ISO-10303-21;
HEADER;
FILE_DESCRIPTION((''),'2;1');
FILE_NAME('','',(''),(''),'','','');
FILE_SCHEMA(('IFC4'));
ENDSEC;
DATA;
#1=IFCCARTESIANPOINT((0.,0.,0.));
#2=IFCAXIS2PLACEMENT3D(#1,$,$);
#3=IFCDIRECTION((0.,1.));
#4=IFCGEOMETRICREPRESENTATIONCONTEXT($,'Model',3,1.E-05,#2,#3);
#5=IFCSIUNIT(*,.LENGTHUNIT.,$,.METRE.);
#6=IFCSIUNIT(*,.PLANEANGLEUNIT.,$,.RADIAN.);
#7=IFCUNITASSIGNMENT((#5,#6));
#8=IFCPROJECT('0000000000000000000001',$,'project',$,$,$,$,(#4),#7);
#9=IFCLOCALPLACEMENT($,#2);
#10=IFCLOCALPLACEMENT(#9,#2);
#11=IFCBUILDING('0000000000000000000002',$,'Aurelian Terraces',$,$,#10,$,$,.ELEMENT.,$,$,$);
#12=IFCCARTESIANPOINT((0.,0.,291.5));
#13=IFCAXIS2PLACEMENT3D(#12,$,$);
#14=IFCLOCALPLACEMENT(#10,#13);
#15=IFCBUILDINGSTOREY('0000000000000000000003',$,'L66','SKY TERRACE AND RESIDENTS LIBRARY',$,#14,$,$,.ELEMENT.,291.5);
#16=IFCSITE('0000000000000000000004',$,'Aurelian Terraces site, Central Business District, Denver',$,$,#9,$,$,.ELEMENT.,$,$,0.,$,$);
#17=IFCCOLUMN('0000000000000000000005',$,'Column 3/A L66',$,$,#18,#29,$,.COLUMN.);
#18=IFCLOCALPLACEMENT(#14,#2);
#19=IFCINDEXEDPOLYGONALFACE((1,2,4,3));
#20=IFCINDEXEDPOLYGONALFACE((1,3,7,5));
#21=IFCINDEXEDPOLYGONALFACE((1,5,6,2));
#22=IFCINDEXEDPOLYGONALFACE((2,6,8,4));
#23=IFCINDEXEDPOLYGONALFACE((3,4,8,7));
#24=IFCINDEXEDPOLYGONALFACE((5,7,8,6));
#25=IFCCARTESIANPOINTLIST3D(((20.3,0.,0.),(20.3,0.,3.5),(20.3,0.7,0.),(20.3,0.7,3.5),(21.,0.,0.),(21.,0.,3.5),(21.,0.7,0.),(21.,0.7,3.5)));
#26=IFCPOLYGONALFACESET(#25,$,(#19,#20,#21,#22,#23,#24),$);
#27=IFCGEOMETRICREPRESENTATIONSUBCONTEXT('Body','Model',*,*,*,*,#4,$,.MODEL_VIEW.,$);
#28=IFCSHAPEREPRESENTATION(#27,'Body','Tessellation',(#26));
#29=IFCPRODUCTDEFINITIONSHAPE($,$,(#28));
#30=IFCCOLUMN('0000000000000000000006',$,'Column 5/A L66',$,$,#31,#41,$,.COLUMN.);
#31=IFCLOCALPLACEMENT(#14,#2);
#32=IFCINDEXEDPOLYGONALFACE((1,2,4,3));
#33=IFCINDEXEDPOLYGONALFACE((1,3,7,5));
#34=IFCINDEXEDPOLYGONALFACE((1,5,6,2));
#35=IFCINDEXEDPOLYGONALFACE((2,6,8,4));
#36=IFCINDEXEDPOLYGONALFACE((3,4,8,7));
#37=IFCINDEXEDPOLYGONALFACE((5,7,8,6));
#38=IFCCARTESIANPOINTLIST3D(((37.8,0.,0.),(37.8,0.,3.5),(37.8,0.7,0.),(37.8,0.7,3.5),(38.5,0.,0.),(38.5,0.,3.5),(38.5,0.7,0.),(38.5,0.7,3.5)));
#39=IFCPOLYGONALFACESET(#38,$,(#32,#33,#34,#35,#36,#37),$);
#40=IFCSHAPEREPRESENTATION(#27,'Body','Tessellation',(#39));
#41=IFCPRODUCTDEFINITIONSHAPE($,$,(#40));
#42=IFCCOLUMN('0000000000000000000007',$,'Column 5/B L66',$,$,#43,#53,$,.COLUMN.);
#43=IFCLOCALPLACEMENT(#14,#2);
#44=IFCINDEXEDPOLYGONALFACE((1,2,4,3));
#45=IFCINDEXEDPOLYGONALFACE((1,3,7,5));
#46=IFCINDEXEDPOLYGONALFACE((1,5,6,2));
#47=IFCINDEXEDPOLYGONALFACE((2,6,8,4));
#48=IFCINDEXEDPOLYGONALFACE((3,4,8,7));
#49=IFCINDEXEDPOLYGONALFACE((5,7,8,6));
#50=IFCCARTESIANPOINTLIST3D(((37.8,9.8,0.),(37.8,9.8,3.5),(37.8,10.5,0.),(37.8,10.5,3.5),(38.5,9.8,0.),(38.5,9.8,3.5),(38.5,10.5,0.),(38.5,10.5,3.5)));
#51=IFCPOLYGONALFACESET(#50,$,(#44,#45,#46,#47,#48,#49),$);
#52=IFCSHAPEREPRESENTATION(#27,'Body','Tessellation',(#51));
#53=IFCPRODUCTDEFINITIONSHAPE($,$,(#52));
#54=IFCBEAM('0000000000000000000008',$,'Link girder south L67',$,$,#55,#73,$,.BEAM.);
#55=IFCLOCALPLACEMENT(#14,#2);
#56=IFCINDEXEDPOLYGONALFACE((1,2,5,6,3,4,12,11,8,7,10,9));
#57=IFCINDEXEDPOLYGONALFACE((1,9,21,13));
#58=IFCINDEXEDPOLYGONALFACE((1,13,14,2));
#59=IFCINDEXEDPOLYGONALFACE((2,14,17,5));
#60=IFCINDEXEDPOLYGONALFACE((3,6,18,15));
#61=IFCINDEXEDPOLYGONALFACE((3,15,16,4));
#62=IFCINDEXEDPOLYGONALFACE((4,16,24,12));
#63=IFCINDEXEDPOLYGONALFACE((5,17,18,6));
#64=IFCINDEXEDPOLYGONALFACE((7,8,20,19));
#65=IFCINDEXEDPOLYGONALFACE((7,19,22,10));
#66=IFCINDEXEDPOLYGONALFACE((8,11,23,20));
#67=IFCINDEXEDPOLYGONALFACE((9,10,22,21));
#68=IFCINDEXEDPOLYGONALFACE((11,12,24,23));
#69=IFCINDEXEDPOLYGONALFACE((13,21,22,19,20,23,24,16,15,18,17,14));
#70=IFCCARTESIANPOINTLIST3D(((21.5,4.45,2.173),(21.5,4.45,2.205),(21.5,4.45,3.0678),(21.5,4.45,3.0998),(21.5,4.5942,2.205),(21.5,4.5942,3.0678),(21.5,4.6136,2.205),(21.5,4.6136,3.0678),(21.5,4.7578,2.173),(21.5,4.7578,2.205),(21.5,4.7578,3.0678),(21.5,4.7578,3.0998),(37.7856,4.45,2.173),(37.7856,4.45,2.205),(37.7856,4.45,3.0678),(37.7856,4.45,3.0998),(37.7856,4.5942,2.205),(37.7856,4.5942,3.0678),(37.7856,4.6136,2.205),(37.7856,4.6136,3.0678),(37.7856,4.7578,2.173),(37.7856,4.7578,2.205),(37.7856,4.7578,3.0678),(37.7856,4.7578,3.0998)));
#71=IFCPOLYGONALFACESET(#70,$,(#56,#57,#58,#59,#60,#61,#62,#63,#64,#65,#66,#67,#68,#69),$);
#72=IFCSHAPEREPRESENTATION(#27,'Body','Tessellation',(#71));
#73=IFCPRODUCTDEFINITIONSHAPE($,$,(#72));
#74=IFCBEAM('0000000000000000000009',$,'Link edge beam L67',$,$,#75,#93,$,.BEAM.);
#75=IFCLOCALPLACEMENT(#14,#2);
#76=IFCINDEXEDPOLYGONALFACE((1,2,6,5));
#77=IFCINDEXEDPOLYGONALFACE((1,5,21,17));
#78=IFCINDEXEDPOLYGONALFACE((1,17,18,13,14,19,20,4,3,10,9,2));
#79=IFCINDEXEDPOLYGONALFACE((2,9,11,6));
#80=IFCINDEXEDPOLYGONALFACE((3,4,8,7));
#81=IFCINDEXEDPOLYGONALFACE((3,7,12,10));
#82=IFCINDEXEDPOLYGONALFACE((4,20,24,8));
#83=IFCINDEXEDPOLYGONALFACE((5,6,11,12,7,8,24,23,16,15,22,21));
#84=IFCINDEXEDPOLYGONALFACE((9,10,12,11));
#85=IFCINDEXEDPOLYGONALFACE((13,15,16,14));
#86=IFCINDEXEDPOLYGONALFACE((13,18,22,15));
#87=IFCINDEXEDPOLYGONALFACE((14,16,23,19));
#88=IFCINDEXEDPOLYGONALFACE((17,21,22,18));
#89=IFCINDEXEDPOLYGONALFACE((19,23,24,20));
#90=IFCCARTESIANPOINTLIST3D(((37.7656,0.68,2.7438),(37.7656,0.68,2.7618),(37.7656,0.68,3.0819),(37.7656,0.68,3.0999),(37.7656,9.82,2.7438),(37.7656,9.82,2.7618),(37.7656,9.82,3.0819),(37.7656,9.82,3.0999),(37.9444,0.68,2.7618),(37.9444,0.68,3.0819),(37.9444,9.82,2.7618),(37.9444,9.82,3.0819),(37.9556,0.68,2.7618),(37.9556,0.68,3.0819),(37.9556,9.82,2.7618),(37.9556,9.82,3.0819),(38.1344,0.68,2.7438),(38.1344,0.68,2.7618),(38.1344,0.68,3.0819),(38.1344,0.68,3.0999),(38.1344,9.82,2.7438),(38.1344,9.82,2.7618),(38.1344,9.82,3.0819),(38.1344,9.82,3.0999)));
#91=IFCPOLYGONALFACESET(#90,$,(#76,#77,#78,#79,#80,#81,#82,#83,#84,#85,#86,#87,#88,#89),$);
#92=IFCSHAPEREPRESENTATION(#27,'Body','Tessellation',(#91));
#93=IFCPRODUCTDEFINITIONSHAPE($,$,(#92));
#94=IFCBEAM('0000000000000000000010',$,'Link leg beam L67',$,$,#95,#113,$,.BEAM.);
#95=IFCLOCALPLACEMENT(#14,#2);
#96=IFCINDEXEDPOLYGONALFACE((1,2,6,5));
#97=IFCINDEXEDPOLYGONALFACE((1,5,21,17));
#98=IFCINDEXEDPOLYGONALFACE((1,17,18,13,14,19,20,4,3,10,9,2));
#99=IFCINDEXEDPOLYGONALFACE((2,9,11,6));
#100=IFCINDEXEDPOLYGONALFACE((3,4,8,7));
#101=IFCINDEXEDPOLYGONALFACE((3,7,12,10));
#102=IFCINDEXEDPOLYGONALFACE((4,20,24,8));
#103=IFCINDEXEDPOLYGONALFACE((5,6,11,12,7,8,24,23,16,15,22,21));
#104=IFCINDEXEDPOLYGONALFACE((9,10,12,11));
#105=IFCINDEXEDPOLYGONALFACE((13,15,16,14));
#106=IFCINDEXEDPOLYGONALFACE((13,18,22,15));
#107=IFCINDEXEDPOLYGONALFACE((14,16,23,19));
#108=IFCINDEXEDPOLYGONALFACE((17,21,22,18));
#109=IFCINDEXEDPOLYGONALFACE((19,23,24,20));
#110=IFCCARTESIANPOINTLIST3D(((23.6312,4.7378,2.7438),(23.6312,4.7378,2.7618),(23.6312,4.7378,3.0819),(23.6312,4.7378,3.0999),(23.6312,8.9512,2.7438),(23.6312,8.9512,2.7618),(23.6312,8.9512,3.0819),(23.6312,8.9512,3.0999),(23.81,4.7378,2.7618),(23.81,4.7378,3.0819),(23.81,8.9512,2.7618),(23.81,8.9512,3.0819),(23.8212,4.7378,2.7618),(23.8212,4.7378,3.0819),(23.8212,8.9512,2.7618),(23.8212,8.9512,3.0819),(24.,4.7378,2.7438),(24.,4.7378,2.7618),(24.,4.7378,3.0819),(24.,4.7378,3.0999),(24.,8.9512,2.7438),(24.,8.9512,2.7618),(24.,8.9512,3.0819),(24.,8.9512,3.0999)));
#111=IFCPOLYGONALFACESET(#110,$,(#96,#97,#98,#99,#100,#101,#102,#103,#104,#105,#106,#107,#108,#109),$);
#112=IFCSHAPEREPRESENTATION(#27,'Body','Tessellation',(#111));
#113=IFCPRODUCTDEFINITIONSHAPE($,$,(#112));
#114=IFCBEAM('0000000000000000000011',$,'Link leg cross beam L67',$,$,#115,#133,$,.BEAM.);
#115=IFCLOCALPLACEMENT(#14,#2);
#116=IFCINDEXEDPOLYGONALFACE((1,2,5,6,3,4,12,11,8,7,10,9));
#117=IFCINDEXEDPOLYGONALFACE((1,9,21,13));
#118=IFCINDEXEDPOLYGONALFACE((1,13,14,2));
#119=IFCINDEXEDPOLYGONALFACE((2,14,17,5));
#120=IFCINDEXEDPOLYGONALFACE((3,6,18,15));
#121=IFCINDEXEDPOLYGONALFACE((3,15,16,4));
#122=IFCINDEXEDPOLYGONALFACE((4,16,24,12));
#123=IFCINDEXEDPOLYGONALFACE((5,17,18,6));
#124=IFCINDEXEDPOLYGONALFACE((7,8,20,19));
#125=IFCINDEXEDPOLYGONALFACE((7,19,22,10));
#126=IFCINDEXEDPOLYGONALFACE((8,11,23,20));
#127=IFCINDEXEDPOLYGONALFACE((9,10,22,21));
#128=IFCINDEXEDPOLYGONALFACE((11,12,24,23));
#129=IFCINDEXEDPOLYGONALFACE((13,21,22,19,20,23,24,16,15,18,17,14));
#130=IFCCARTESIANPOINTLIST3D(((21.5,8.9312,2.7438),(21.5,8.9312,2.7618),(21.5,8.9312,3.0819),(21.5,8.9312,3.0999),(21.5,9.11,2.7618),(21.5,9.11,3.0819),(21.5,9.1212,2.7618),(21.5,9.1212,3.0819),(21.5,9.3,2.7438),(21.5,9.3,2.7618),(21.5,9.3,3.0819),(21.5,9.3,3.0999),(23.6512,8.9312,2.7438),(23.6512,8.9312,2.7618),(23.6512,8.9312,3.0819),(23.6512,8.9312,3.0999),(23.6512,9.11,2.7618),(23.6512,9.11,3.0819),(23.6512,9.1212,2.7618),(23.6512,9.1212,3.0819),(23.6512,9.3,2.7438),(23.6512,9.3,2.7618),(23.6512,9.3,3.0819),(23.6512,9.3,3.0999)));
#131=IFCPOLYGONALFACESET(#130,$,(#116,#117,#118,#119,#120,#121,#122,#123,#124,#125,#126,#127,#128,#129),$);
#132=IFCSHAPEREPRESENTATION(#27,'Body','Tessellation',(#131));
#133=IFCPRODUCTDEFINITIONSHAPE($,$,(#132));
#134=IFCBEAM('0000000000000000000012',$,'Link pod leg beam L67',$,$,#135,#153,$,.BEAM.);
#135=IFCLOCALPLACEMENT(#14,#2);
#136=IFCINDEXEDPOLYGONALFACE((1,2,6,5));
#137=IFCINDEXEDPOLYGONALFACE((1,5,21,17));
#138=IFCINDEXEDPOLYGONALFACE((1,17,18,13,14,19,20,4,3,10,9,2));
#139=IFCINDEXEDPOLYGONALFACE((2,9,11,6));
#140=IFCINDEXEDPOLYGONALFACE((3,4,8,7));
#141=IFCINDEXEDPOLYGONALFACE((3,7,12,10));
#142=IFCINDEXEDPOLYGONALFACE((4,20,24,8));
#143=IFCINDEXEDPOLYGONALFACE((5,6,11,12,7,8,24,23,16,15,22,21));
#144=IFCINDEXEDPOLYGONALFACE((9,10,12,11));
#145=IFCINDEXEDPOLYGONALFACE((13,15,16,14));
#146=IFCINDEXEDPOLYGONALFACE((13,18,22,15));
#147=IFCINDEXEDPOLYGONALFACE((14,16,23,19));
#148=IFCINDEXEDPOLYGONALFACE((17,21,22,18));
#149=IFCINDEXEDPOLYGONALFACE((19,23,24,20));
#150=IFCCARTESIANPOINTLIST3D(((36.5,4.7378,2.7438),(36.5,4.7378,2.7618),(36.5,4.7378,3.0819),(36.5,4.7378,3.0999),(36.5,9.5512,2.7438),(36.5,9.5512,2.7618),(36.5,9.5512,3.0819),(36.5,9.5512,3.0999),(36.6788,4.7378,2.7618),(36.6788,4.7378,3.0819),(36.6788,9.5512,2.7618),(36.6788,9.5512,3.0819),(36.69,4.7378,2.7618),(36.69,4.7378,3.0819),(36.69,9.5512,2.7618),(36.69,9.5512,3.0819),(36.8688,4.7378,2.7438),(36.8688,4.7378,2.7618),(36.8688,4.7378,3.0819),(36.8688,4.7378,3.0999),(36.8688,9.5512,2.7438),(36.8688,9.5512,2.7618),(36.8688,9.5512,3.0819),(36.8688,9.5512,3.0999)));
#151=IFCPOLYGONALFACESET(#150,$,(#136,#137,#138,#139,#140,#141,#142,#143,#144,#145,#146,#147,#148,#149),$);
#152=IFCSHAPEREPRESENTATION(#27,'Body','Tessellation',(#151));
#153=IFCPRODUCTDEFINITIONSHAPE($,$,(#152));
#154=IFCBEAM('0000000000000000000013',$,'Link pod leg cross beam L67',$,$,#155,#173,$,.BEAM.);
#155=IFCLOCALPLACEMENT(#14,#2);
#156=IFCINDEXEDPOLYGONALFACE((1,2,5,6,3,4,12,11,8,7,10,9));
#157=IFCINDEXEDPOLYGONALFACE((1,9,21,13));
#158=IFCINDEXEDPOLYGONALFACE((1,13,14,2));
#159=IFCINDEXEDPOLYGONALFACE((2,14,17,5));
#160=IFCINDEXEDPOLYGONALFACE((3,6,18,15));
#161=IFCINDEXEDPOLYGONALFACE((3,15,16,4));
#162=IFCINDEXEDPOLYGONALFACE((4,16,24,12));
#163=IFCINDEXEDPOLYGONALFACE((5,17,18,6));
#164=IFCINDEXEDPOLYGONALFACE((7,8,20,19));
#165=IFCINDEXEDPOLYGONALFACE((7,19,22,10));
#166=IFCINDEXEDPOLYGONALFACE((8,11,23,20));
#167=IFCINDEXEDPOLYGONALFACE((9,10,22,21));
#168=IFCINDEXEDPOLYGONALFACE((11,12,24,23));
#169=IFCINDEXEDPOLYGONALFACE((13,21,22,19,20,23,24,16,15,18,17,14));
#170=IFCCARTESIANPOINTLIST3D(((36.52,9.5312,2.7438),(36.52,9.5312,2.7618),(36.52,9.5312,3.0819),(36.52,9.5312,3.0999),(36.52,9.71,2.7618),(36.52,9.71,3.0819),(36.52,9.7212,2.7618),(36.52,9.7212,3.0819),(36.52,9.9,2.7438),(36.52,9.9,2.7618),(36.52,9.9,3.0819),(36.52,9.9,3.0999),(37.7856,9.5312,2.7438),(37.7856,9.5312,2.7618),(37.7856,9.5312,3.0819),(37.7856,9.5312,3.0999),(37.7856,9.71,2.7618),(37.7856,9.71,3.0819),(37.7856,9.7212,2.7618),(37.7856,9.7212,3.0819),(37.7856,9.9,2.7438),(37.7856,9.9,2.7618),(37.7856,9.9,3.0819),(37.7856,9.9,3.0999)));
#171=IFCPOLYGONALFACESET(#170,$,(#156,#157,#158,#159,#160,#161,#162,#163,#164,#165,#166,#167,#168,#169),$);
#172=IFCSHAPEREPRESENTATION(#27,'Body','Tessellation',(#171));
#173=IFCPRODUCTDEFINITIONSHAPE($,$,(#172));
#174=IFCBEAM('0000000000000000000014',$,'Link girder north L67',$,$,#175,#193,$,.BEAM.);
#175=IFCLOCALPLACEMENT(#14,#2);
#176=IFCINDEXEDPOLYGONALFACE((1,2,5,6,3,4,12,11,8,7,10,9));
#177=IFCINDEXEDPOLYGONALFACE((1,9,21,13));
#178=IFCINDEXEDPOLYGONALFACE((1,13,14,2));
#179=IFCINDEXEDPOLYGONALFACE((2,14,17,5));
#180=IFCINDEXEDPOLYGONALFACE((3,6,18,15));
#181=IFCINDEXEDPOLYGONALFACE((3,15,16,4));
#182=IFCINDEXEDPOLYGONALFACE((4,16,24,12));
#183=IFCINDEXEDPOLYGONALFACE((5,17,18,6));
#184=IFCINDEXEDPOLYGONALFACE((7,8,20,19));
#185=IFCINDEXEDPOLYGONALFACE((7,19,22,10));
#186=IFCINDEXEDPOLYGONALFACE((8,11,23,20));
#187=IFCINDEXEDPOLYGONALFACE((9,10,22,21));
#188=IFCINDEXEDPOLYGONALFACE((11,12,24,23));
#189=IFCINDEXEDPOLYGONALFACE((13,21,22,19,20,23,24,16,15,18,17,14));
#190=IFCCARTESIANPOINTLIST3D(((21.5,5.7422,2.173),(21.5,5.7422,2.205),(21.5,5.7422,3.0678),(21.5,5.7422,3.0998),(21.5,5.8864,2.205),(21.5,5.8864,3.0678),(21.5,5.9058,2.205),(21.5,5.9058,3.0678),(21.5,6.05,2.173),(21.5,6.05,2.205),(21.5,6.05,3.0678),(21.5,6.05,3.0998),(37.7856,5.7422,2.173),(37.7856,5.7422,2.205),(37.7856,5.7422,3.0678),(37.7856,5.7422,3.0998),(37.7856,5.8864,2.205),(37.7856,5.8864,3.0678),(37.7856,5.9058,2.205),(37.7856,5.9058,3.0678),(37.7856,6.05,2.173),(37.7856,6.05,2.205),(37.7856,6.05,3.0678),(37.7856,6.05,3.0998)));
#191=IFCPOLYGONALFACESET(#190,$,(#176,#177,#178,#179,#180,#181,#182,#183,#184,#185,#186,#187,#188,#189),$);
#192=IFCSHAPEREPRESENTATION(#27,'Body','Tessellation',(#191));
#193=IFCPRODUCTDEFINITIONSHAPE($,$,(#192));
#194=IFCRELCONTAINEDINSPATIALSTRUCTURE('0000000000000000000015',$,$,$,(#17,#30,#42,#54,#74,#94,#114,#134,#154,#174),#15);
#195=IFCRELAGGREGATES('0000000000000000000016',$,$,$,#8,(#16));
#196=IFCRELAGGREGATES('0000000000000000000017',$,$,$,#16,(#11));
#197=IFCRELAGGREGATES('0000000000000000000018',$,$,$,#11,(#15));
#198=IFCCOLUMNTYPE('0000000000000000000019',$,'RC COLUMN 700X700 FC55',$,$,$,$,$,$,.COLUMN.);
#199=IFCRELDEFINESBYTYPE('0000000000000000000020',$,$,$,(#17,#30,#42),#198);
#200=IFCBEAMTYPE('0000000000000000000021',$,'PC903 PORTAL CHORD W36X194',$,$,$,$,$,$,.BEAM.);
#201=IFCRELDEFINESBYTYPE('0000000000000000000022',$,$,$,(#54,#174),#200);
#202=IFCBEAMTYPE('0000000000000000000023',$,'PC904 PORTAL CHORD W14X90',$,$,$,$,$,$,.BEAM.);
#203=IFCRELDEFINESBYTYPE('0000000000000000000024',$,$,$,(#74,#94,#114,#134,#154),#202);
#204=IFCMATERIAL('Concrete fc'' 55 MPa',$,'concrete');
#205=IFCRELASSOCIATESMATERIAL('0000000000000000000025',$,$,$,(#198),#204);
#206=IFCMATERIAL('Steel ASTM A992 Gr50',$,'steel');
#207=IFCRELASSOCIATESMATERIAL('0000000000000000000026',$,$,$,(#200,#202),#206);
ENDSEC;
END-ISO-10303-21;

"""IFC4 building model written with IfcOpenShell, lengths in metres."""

from ifc_helpers import new_model, si_unit, direction, frame, origin, origin_2d, place, context, subcontext, project, spatial, rectangle, i_section, extrude, source, transform, mapped, material, material_profile, profile_set, type_object, element, save


model = new_model("IFC4")

# Units and contexts
model_context = context("Model", 3, precision=1e-05, world=origin(), true_north=direction((0.0, 1.0)))
body_context = subcontext(model_context, "Body", "Model", "MODEL_VIEW")
ifc_project = project(units=[si_unit("LENGTHUNIT", "METRE"), si_unit("PLANEANGLEUNIT", "RADIAN")], contexts=[model_context])

# Site, building, storey
site_placement = place(None, origin())
site = spatial("IfcSite", under=ifc_project, at=site_placement, Name="Aurelian Terraces site, Central Business District, Denver", CompositionType="ELEMENT", RefElevation=0.0)
building_placement = place(site_placement, origin())
building = spatial("IfcBuilding", under=site, at=building_placement, Name="Aurelian Terraces", CompositionType="ELEMENT")
storey_placement = place(building_placement, frame((0.0, 0.0, 291.5)))
storey = spatial("IfcBuildingStorey", under=building, at=storey_placement, Name="L66", Description="SKY TERRACE AND RESIDENTS LIBRARY", CompositionType="ELEMENT", Elevation=291.5)

# Columns
ifc_material_1 = material(Name="Concrete fc' 55 MPa", Category="concrete")
ifc_material_profile_1 = material_profile(ifc_material_1, rectangle(XDim=0.7, YDim=0.7, at=origin_2d()))
ifc_profile_set_1 = profile_set([ifc_material_profile_1], Name="Concrete fc' 55 MPa")
column_type = type_object("IfcColumnType", Name="RC COLUMN 700X700 FC55", PredefinedType="COLUMN", material=ifc_profile_set_1)
shared_shape_1 = source(origin(), body_context, "Body", "SweptSolid", [
    extrude(rectangle(XDim=0.7, YDim=0.7, at=origin_2d()), origin(), (0.0, 0.0, 1.0), 3.5),
])
for number, where, z_axis, x_axis, name in (
    (1, (20.65, 0.35, 0.0), (0.0, 0.0, 1.0), (1.0, 0.0, 0.0), "Column 3/A L66"),
    (2, (38.15, 0.35, 0.0), (0.0, 0.0, 1.0), (1.0, 0.0, 0.0), "Column 5/A L66"),
    (3, (38.15, 10.15, 0.0), (0.0, 0.0, 1.0), (1.0, 0.0, 0.0), "Column 5/B L66"),
):
    element("IfcColumn", number, at=place(storey_placement, frame(where, z_axis=z_axis, x_axis=x_axis)), inside=storey, type_object=column_type, Name=name, PredefinedType="COLUMN", context=body_context, shape_type="MappedRepresentation", body=[
        mapped(shared_shape_1, transform((0.0, 0.0, 0.0), scale=1.0)),
    ])

# Beams
ifc_material_2 = material(Name="Steel ASTM A992 Gr50", Category="steel")
ifc_material_profile_2 = material_profile(ifc_material_2, i_section(OverallWidth=0.3077, OverallDepth=0.9268, WebThickness=0.0194, FlangeThickness=0.032, at=origin_2d()))
ifc_profile_set_2 = profile_set([ifc_material_profile_2], Name="Steel ASTM A992 Gr50")
beam_type_1 = type_object("IfcBeamType", Name="PC903 PORTAL CHORD W36X194", PredefinedType="BEAM", material=ifc_profile_set_2)
beam_1_placement = place(storey_placement, frame((21.5, 4.6039, 2.6364), z_axis=(1.0, 0.0, 0.0), x_axis=(0.0, 1.0, 0.0)))
element("IfcBeam", 4, at=beam_1_placement, inside=storey, type_object=beam_type_1, Name="Link girder south L67", PredefinedType="BEAM", context=body_context, shape_type="SweptSolid", body=[
    extrude(i_section(OverallWidth=0.3077, OverallDepth=0.9268, WebThickness=0.0194, FlangeThickness=0.032, at=origin_2d()), origin(), (0.0, 0.0, 1.0), 16.2856),
])
ifc_material_profile_3 = material_profile(ifc_material_2, i_section(OverallWidth=0.3688, OverallDepth=0.3561, WebThickness=0.0112, FlangeThickness=0.018, at=origin_2d()))
ifc_profile_set_3 = profile_set([ifc_material_profile_3], Name="Steel ASTM A992 Gr50")
beam_type_2 = type_object("IfcBeamType", Name="PC904 PORTAL CHORD W14X90", PredefinedType="BEAM", material=ifc_profile_set_3)
beam_2_placement = place(storey_placement, frame((37.95, 0.68, 2.9218), z_axis=(0.0, 1.0, 0.0), x_axis=(-1.0, 0.0, 0.0)))
element("IfcBeam", 5, at=beam_2_placement, inside=storey, type_object=beam_type_2, Name="Link edge beam L67", PredefinedType="BEAM", context=body_context, shape_type="SweptSolid", body=[
    extrude(i_section(OverallWidth=0.3688, OverallDepth=0.3561, WebThickness=0.0112, FlangeThickness=0.018, at=origin_2d()), origin(), (0.0, 0.0, 1.0), 9.14),
])
beam_3_placement = place(storey_placement, frame((23.8156, 4.7378, 2.9218), z_axis=(0.0, 1.0, 0.0), x_axis=(-1.0, 0.0, 0.0)))
element("IfcBeam", 6, at=beam_3_placement, inside=storey, type_object=beam_type_2, Name="Link leg beam L67", PredefinedType="BEAM", context=body_context, shape_type="SweptSolid", body=[
    extrude(i_section(OverallWidth=0.3688, OverallDepth=0.3561, WebThickness=0.0112, FlangeThickness=0.018, at=origin_2d()), origin(), (0.0, 0.0, 1.0), 4.2134),
])
beam_4_placement = place(storey_placement, frame((21.5, 9.1156, 2.9218), z_axis=(1.0, 0.0, 0.0), x_axis=(0.0, 1.0, 0.0)))
element("IfcBeam", 7, at=beam_4_placement, inside=storey, type_object=beam_type_2, Name="Link leg cross beam L67", PredefinedType="BEAM", context=body_context, shape_type="SweptSolid", body=[
    extrude(i_section(OverallWidth=0.3688, OverallDepth=0.3561, WebThickness=0.0112, FlangeThickness=0.018, at=origin_2d()), origin(), (0.0, 0.0, 1.0), 2.1512),
])
beam_5_placement = place(storey_placement, frame((36.6844, 4.7378, 2.9218), z_axis=(0.0, 1.0, 0.0), x_axis=(-1.0, 0.0, 0.0)))
element("IfcBeam", 8, at=beam_5_placement, inside=storey, type_object=beam_type_2, Name="Link pod leg beam L67", PredefinedType="BEAM", context=body_context, shape_type="SweptSolid", body=[
    extrude(i_section(OverallWidth=0.3688, OverallDepth=0.3561, WebThickness=0.0112, FlangeThickness=0.018, at=origin_2d()), origin(), (0.0, 0.0, 1.0), 4.8134),
])
beam_6_placement = place(storey_placement, frame((36.52, 9.7156, 2.9218), z_axis=(1.0, 0.0, 0.0), x_axis=(0.0, 1.0, 0.0)))
element("IfcBeam", 9, at=beam_6_placement, inside=storey, type_object=beam_type_2, Name="Link pod leg cross beam L67", PredefinedType="BEAM", context=body_context, shape_type="SweptSolid", body=[
    extrude(i_section(OverallWidth=0.3688, OverallDepth=0.3561, WebThickness=0.0112, FlangeThickness=0.018, at=origin_2d()), origin(), (0.0, 0.0, 1.0), 1.2656),
])
shared_shape_2 = source(origin(), body_context, "Body", "SweptSolid", [
    extrude(i_section(OverallWidth=0.3077, OverallDepth=0.9268, WebThickness=0.0194, FlangeThickness=0.032, at=origin_2d()), origin(), (0.0, 0.0, 1.0), 16.2856),
])
beam_7_placement = place(storey_placement, frame((21.5, 5.8961, 2.6364), z_axis=(1.0, 0.0, 0.0), x_axis=(0.0, 1.0, 0.0)))
element("IfcBeam", 10, at=beam_7_placement, inside=storey, type_object=beam_type_1, Name="Link girder north L67", PredefinedType="BEAM", context=body_context, shape_type="MappedRepresentation", body=[
    mapped(shared_shape_2, transform((0.0, 0.0, 0.0), scale=1.0)),
])

save(model, "model.ifc")
